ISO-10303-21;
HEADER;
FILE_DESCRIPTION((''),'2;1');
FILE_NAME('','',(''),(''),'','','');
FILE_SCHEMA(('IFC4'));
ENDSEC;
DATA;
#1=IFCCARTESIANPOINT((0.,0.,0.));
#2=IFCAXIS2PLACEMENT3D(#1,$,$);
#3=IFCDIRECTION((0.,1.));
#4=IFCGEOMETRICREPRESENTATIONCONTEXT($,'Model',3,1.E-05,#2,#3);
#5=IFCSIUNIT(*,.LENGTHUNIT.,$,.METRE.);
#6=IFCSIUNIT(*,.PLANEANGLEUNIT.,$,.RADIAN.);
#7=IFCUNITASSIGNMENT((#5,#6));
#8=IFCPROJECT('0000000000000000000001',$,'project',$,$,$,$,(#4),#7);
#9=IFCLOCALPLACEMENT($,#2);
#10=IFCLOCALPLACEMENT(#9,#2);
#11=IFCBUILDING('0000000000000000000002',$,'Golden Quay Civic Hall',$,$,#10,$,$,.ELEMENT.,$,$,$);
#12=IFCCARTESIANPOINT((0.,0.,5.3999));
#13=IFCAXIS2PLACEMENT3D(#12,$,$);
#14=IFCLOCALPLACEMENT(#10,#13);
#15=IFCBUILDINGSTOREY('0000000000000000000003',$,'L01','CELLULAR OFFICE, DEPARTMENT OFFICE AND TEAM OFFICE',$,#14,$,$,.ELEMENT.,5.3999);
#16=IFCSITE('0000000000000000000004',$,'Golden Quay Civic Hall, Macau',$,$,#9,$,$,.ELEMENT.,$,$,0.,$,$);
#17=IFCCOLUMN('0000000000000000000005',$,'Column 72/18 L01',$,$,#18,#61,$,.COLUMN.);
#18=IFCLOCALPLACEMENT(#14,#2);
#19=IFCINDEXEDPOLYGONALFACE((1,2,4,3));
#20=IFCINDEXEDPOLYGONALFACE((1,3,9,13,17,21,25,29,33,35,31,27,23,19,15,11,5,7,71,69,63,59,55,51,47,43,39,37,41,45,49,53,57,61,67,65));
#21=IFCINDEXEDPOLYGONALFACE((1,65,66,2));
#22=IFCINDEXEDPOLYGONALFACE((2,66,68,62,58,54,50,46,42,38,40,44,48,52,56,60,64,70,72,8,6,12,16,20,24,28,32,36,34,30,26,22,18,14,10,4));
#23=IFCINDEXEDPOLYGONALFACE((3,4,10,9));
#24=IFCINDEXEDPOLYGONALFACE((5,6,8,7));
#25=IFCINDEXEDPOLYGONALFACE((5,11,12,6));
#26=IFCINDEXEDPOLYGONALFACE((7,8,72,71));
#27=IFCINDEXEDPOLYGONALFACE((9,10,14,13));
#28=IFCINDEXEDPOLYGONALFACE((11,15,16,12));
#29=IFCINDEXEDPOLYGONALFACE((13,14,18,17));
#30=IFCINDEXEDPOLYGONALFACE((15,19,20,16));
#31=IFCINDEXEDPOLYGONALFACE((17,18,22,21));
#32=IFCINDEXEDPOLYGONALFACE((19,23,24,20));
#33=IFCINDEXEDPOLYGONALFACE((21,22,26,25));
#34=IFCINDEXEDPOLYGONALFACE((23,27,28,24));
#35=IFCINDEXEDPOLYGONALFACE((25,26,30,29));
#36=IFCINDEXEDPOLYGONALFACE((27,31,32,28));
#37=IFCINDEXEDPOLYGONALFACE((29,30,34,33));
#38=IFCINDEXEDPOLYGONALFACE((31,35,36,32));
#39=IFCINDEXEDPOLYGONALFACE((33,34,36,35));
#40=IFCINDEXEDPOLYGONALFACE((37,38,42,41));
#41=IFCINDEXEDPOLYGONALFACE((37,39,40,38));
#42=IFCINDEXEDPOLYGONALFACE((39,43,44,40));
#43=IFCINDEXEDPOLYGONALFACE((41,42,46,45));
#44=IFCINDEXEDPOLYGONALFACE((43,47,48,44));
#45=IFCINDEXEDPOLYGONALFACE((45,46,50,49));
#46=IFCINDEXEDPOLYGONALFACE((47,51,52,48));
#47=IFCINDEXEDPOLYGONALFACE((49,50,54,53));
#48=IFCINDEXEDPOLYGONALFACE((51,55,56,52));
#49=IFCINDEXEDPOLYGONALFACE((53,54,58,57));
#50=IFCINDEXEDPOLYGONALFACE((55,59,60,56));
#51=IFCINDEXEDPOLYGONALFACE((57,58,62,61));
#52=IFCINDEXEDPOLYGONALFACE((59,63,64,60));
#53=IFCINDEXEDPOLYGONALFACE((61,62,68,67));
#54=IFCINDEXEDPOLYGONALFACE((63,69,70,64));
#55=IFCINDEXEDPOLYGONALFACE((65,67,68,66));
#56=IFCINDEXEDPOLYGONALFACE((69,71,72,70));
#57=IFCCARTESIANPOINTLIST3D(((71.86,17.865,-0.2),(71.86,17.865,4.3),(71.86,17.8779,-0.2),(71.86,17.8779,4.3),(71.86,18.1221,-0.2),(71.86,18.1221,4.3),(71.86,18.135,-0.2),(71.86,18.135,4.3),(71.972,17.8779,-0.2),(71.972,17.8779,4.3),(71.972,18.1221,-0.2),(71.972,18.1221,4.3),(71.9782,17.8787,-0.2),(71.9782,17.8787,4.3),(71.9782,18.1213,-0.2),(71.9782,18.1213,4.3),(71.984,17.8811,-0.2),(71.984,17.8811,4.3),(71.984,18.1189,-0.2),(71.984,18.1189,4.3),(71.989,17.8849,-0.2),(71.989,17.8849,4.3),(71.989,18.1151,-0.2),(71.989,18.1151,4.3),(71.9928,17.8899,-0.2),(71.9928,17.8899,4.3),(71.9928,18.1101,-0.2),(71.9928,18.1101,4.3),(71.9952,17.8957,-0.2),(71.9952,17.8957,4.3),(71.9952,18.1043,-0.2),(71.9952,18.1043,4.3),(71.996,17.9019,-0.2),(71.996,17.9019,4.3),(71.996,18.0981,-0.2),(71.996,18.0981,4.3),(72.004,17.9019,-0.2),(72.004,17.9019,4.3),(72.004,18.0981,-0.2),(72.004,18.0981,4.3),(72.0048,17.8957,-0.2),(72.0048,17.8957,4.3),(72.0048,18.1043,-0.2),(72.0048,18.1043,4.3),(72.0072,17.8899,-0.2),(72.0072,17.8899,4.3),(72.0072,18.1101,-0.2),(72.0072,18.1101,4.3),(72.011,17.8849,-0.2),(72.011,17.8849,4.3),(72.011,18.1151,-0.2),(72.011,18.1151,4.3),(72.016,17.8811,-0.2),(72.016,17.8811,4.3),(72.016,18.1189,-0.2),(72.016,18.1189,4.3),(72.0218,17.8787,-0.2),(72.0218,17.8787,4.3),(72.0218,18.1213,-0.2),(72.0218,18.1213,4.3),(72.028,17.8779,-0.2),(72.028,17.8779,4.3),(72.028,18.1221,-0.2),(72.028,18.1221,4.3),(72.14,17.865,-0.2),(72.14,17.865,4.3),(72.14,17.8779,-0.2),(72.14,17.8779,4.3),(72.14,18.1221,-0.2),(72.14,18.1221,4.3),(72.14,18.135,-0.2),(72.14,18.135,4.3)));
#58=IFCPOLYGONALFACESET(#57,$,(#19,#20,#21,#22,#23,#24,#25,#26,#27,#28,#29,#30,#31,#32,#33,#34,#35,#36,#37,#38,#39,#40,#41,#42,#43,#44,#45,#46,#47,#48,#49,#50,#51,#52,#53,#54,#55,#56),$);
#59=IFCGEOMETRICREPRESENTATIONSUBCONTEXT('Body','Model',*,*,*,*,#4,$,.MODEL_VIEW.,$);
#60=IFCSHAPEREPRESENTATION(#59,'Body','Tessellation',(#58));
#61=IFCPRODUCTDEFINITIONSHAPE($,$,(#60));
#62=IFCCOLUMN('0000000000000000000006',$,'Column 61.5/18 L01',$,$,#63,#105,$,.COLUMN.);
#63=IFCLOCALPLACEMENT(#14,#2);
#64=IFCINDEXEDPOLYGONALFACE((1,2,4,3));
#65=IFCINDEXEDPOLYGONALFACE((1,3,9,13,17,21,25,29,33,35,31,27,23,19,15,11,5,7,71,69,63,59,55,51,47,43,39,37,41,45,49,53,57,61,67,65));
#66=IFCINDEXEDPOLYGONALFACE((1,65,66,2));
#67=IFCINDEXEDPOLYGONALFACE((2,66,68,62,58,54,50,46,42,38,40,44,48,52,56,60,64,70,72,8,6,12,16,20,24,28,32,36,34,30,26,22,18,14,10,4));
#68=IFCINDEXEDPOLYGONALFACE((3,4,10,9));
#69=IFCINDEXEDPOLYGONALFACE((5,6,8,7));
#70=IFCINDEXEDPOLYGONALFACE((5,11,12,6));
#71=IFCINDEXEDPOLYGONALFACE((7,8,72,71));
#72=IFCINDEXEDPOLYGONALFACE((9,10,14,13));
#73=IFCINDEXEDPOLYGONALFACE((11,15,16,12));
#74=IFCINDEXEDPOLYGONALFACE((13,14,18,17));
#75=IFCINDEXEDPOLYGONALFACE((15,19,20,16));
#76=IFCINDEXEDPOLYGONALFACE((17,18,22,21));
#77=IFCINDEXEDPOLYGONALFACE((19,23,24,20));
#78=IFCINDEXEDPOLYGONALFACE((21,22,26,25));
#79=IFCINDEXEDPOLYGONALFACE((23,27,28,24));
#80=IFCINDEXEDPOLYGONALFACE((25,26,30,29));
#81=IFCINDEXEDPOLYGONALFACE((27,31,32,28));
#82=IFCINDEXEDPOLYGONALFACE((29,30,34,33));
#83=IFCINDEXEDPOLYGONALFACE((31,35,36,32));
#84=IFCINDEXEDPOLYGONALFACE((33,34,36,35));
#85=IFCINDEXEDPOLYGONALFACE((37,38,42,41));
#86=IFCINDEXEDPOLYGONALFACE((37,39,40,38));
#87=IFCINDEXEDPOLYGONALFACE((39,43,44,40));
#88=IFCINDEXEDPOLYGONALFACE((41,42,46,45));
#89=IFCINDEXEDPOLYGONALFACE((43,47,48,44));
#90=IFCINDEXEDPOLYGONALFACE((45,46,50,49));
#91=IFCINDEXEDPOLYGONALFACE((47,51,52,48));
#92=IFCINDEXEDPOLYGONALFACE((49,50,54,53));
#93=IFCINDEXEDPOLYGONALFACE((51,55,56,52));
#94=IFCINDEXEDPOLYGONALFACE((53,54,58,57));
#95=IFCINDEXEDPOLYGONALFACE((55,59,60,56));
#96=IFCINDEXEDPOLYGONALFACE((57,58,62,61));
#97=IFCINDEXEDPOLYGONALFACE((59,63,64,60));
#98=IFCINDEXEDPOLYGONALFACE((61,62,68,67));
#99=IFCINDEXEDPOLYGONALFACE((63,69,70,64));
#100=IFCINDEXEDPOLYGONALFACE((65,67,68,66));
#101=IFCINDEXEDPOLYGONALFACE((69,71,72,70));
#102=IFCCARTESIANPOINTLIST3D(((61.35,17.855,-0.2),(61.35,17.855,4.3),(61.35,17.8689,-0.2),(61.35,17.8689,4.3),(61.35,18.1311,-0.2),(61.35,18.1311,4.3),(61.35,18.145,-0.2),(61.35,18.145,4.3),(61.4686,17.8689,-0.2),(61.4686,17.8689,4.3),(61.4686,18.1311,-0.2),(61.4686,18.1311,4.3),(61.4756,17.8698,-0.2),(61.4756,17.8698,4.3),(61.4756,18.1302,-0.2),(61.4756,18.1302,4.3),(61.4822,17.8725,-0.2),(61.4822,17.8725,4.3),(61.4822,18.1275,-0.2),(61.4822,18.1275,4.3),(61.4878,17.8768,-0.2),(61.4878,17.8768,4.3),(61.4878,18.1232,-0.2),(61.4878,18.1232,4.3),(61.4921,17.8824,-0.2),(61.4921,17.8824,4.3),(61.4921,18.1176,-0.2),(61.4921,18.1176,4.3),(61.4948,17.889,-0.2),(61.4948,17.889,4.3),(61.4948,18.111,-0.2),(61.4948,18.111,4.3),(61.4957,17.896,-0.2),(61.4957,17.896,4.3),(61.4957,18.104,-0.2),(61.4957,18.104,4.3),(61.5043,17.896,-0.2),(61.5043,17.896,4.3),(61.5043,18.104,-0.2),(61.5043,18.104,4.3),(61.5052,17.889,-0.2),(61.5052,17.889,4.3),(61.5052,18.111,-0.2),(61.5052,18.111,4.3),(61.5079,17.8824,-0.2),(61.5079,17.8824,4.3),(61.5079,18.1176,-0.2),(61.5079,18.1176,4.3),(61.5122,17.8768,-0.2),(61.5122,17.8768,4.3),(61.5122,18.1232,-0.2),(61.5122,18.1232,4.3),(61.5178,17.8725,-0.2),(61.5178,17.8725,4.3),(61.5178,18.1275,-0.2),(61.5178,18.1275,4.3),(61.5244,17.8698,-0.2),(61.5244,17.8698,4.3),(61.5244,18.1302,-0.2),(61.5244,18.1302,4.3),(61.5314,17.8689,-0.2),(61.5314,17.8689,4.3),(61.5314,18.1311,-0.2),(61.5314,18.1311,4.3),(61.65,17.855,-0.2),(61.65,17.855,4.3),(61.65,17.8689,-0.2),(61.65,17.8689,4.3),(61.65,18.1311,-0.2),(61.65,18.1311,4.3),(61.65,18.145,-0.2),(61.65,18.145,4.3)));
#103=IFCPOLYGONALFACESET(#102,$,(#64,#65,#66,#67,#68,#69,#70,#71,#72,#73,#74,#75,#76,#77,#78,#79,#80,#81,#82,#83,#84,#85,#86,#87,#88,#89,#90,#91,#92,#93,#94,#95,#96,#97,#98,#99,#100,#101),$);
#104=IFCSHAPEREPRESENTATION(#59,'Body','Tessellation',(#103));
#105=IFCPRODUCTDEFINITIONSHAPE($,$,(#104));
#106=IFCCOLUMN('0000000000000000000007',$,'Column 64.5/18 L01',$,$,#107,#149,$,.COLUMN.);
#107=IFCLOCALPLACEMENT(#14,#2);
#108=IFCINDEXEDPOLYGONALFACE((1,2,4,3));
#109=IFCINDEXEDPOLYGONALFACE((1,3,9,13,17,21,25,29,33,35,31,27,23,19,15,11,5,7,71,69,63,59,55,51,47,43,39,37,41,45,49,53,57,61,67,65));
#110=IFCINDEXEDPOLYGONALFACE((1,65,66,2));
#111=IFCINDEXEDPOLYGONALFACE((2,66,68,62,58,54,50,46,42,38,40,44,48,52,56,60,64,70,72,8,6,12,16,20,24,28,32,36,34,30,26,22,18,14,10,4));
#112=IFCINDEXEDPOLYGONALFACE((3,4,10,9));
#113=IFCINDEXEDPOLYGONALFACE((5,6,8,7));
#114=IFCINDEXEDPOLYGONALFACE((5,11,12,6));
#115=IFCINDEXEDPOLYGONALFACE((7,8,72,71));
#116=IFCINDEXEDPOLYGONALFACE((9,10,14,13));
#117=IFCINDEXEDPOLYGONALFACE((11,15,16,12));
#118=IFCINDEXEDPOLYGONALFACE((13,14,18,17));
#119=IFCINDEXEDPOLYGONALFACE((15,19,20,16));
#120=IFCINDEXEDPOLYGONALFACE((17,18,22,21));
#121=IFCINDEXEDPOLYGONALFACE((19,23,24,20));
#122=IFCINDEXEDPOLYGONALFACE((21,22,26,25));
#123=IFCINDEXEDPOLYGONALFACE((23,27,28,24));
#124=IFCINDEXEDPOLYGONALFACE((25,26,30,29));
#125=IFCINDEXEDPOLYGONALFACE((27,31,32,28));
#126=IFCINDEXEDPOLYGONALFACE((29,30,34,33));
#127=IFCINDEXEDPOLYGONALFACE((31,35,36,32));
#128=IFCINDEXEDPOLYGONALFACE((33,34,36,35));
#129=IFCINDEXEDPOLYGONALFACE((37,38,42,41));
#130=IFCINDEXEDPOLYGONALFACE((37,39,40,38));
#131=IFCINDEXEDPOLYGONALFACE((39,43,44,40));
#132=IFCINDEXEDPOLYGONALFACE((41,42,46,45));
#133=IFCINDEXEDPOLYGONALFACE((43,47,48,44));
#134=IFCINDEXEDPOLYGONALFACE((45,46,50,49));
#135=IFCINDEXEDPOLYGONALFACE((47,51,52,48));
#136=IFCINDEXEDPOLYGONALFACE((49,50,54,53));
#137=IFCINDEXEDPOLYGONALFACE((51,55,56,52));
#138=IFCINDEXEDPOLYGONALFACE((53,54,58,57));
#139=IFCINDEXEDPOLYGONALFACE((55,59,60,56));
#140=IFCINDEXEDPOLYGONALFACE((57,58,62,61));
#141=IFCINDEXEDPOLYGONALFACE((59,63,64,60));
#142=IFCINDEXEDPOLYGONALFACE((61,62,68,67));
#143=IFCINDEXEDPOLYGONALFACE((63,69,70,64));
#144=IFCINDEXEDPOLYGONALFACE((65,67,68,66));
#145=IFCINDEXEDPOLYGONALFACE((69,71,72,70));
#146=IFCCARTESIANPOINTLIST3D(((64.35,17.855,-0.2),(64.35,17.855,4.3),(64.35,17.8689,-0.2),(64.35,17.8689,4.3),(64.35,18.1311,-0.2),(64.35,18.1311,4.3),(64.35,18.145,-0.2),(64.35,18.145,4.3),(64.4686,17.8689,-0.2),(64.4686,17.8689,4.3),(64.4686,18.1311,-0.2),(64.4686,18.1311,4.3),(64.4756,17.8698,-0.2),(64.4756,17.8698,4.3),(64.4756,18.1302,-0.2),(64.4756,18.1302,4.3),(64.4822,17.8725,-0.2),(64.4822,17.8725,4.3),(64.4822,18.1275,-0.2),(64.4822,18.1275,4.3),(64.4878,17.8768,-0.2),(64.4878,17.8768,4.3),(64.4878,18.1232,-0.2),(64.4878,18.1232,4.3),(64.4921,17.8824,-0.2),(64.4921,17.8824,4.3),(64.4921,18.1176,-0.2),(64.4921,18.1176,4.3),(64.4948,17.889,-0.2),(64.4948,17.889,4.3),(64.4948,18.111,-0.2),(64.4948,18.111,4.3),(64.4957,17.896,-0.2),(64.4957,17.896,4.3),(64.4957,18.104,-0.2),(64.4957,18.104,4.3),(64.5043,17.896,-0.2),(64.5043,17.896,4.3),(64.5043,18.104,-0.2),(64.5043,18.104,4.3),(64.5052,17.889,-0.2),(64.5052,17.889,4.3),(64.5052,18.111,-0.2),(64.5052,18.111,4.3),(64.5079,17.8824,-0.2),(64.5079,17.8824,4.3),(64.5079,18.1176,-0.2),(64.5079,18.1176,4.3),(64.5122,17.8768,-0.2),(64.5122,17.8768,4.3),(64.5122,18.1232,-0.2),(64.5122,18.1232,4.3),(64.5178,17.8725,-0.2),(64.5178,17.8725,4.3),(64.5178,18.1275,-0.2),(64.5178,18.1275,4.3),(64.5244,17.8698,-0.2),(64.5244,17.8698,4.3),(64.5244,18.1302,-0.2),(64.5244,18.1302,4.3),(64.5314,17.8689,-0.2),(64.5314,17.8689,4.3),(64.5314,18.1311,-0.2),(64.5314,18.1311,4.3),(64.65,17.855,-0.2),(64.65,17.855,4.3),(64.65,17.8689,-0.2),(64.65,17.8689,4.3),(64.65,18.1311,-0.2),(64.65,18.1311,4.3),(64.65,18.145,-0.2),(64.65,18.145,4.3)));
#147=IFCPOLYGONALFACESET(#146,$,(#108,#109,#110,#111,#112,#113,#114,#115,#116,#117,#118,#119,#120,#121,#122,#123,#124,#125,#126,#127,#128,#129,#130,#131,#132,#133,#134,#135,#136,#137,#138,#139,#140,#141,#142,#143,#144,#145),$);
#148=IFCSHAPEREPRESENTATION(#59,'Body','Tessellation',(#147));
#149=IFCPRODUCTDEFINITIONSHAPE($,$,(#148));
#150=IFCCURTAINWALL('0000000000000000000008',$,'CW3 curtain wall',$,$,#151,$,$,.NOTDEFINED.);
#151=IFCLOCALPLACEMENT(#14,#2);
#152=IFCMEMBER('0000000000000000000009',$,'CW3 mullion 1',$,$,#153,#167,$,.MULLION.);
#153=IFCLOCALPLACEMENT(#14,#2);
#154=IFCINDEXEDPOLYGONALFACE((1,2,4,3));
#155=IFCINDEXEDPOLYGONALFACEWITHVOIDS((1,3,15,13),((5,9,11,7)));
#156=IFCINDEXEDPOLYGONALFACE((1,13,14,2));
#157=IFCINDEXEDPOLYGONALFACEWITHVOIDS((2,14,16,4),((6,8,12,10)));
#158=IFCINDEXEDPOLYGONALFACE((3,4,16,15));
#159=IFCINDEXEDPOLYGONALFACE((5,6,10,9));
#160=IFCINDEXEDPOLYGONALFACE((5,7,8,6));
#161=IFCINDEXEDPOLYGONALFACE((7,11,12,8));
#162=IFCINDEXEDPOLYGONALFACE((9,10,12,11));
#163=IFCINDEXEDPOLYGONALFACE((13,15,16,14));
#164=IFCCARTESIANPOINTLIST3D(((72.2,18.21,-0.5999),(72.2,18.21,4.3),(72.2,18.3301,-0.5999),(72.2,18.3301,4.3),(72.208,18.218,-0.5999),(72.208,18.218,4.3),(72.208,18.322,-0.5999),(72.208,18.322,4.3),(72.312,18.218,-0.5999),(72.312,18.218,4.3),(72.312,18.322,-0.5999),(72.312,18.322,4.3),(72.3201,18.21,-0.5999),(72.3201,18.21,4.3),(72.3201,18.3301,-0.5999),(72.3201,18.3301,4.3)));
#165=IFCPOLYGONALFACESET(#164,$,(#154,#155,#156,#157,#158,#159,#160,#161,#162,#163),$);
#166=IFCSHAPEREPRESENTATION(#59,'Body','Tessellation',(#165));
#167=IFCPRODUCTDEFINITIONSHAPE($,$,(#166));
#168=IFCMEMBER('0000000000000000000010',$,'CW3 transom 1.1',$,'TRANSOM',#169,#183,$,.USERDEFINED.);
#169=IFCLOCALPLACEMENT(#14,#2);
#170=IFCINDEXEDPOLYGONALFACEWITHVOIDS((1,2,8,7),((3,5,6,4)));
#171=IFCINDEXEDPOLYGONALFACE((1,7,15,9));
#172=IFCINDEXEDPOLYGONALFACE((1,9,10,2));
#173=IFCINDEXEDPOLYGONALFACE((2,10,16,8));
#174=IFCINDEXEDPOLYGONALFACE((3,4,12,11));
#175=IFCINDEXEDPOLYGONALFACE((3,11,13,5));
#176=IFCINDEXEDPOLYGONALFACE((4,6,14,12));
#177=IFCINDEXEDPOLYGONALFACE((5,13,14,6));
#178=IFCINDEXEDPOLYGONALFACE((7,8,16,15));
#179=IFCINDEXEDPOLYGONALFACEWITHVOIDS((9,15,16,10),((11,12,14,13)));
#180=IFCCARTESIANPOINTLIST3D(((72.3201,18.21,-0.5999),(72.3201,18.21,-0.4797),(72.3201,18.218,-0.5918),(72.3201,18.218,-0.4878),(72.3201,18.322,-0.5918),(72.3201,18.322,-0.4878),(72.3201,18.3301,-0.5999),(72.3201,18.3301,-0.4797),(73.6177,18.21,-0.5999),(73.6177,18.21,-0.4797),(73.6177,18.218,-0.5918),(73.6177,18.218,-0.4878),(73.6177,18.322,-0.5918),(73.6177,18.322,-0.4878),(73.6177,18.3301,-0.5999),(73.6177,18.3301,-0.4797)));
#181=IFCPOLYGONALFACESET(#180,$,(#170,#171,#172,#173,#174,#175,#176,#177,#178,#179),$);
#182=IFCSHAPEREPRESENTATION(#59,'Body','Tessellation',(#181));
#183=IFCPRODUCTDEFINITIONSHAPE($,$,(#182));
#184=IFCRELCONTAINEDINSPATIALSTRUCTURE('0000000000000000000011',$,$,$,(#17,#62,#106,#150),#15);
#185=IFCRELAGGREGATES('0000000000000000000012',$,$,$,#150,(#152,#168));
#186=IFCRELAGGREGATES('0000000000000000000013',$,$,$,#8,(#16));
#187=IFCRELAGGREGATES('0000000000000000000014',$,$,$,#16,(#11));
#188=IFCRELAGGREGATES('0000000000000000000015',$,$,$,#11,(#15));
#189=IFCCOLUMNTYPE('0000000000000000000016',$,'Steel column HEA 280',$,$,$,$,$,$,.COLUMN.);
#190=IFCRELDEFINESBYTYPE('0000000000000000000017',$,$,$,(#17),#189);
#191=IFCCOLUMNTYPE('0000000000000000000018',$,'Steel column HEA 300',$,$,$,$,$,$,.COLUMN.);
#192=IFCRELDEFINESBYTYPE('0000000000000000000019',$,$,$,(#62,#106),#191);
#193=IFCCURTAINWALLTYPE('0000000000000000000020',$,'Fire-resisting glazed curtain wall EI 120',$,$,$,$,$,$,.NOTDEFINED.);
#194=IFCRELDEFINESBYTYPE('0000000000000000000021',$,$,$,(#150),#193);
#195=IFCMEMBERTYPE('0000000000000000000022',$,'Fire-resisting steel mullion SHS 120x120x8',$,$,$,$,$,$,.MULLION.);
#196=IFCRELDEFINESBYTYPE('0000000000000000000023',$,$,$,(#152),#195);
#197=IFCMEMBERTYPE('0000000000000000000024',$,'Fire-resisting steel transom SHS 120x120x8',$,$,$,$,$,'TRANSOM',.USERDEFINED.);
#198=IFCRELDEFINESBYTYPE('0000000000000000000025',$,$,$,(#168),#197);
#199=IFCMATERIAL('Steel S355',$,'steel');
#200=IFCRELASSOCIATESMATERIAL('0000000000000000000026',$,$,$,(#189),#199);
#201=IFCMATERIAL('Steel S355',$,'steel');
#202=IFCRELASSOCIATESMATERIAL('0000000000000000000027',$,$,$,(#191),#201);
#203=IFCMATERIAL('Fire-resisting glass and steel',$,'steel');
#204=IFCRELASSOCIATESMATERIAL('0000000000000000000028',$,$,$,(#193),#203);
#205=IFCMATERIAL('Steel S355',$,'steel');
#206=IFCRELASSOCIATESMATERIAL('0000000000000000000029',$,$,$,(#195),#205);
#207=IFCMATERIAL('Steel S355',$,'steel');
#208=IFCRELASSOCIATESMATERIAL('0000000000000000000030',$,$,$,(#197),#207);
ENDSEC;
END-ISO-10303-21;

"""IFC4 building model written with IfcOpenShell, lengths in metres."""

from ifc_helpers import new_model, si_unit, direction, frame, origin, origin_2d, place, context, subcontext, project, spatial, hollow_rectangle, i_section, extrude, material, material_profile, profile_set, type_object, element, aggregate, save


model = new_model("IFC4")

# Units and contexts
model_context = context("Model", 3, precision=1e-05, world=origin(), true_north=direction((0.0, 1.0)))
body_context = subcontext(model_context, "Body", "Model", "MODEL_VIEW")
ifc_project = project(units=[si_unit("LENGTHUNIT", "METRE"), si_unit("PLANEANGLEUNIT", "RADIAN")], contexts=[model_context])

# Site, building, storey
site_placement = place(None, origin())
site = spatial("IfcSite", under=ifc_project, at=site_placement, Name="Golden Quay Civic Hall, Macau", CompositionType="ELEMENT", RefElevation=0.0)
building_placement = place(site_placement, origin())
building = spatial("IfcBuilding", under=site, at=building_placement, Name="Golden Quay Civic Hall", CompositionType="ELEMENT")
storey_placement = place(building_placement, frame((0.0, 0.0, 5.3999)))
storey = spatial("IfcBuildingStorey", under=building, at=storey_placement, Name="L01", Description="CELLULAR OFFICE, DEPARTMENT OFFICE AND TEAM OFFICE", CompositionType="ELEMENT", Elevation=5.3999)

# Columns
ifc_material_1 = material(Name="Steel S355", Category="steel")
ifc_material_profile_1 = material_profile(ifc_material_1, i_section(OverallWidth=0.28, OverallDepth=0.27, WebThickness=0.0081, FlangeThickness=0.0129, FilletRadius=0.0239, at=origin_2d()), Name="HEA 280")
ifc_profile_set_1 = profile_set([ifc_material_profile_1], Name="Steel S355")
column_type_1 = type_object("IfcColumnType", Name="Steel column HEA 280", PredefinedType="COLUMN", material=ifc_profile_set_1)
column_placement = place(storey_placement, frame((72.0, 18.0, -0.2), z_axis=(0.0, 0.0, 1.0), x_axis=(1.0, 0.0, 0.0)))
element("IfcColumn", 1, at=column_placement, inside=storey, type_object=column_type_1, Name="Column 72/18 L01", PredefinedType="COLUMN", context=body_context, shape_type="SweptSolid", body=[
    extrude(i_section(OverallWidth=0.28, OverallDepth=0.27, WebThickness=0.0081, FlangeThickness=0.0129, FilletRadius=0.0239, at=origin_2d()), origin(), (0.0, 0.0, 1.0), 4.5),
])
ifc_material_2 = material(Name="Steel S355", Category="steel")
ifc_material_profile_2 = material_profile(ifc_material_2, i_section(OverallWidth=0.3, OverallDepth=0.29, WebThickness=0.0085, FlangeThickness=0.0139, FilletRadius=0.0271, at=origin_2d()), Name="HEA 300")
ifc_profile_set_2 = profile_set([ifc_material_profile_2], Name="Steel S355")
column_type_2 = type_object("IfcColumnType", Name="Steel column HEA 300", PredefinedType="COLUMN", material=ifc_profile_set_2)
for number, where, z_axis, x_axis, name in (
    (2, (61.5, 18.0, -0.2), (0.0, 0.0, 1.0), (1.0, 0.0, 0.0), "Column 61.5/18 L01"),
    (3, (64.5, 18.0, -0.2), (0.0, 0.0, 1.0), (1.0, 0.0, 0.0), "Column 64.5/18 L01"),
):
    element("IfcColumn", number, at=place(storey_placement, frame(where, z_axis=z_axis, x_axis=x_axis)), inside=storey, type_object=column_type_2, Name=name, PredefinedType="COLUMN", context=body_context, shape_type="SweptSolid", body=[
        extrude(i_section(OverallWidth=0.3, OverallDepth=0.29, WebThickness=0.0085, FlangeThickness=0.0139, FilletRadius=0.0271, at=origin_2d()), origin(), (0.0, 0.0, 1.0), 4.5),
    ])

# Curtain wall, members
ifc_material_3 = material(Name="Fire-resisting glass and steel", Category="steel")
curtain_wall_type = type_object("IfcCurtainWallType", Name="Fire-resisting glazed curtain wall EI 120", PredefinedType="NOTDEFINED", material=ifc_material_3)
curtain_wall_placement = place(storey_placement, origin())
curtain_wall = element("IfcCurtainWall", 4, at=curtain_wall_placement, inside=storey, type_object=curtain_wall_type, Name="CW3 curtain wall", PredefinedType="NOTDEFINED")
ifc_material_4 = material(Name="Steel S355", Category="steel")
ifc_material_profile_3 = material_profile(ifc_material_4, hollow_rectangle(XDim=0.1201, YDim=0.1201, WallThickness=0.0081, at=origin_2d()), Name="SHS 120x120x8")
ifc_profile_set_3 = profile_set([ifc_material_profile_3], Name="Steel S355")
member_type_1 = type_object("IfcMemberType", Name="Fire-resisting steel mullion SHS 120x120x8", PredefinedType="MULLION", material=ifc_profile_set_3)
member_1_placement = place(storey_placement, frame((72.26, 18.27, -0.5999), z_axis=(0.0, 0.0, 1.0), x_axis=(0.0, 1.0, 0.0)))
member_1 = element("IfcMember", 5, at=member_1_placement, type_object=member_type_1, Name="CW3 mullion 1", PredefinedType="MULLION", context=body_context, shape_type="SweptSolid", body=[
    extrude(hollow_rectangle(XDim=0.1201, YDim=0.1201, WallThickness=0.0081, at=origin_2d()), origin(), (0.0, 0.0, 1.0), 4.8999),
])
ifc_material_5 = material(Name="Steel S355", Category="steel")
ifc_material_profile_4 = material_profile(ifc_material_5, hollow_rectangle(XDim=0.1201, YDim=0.1201, WallThickness=0.0081, at=origin_2d()), Name="SHS 120x120x8")
ifc_profile_set_4 = profile_set([ifc_material_profile_4], Name="Steel S355")
member_type_2 = type_object("IfcMemberType", Name="Fire-resisting steel transom SHS 120x120x8", ElementType="TRANSOM", PredefinedType="USERDEFINED", material=ifc_profile_set_4)
member_2_placement = place(storey_placement, frame((72.3201, 18.27, -0.5398), z_axis=(1.0, 0.0, 0.0), x_axis=(0.0, 1.0, 0.0)))
member_2 = element("IfcMember", 6, at=member_2_placement, type_object=member_type_2, Name="CW3 transom 1.1", ObjectType="TRANSOM", PredefinedType="USERDEFINED", context=body_context, shape_type="SweptSolid", body=[
    extrude(hollow_rectangle(XDim=0.1201, YDim=0.1201, WallThickness=0.0081, at=origin_2d()), origin(), (0.0, 0.0, 1.0), 1.2976),
])
aggregate(curtain_wall, [member_1, member_2])

save(model, "model.ifc")
